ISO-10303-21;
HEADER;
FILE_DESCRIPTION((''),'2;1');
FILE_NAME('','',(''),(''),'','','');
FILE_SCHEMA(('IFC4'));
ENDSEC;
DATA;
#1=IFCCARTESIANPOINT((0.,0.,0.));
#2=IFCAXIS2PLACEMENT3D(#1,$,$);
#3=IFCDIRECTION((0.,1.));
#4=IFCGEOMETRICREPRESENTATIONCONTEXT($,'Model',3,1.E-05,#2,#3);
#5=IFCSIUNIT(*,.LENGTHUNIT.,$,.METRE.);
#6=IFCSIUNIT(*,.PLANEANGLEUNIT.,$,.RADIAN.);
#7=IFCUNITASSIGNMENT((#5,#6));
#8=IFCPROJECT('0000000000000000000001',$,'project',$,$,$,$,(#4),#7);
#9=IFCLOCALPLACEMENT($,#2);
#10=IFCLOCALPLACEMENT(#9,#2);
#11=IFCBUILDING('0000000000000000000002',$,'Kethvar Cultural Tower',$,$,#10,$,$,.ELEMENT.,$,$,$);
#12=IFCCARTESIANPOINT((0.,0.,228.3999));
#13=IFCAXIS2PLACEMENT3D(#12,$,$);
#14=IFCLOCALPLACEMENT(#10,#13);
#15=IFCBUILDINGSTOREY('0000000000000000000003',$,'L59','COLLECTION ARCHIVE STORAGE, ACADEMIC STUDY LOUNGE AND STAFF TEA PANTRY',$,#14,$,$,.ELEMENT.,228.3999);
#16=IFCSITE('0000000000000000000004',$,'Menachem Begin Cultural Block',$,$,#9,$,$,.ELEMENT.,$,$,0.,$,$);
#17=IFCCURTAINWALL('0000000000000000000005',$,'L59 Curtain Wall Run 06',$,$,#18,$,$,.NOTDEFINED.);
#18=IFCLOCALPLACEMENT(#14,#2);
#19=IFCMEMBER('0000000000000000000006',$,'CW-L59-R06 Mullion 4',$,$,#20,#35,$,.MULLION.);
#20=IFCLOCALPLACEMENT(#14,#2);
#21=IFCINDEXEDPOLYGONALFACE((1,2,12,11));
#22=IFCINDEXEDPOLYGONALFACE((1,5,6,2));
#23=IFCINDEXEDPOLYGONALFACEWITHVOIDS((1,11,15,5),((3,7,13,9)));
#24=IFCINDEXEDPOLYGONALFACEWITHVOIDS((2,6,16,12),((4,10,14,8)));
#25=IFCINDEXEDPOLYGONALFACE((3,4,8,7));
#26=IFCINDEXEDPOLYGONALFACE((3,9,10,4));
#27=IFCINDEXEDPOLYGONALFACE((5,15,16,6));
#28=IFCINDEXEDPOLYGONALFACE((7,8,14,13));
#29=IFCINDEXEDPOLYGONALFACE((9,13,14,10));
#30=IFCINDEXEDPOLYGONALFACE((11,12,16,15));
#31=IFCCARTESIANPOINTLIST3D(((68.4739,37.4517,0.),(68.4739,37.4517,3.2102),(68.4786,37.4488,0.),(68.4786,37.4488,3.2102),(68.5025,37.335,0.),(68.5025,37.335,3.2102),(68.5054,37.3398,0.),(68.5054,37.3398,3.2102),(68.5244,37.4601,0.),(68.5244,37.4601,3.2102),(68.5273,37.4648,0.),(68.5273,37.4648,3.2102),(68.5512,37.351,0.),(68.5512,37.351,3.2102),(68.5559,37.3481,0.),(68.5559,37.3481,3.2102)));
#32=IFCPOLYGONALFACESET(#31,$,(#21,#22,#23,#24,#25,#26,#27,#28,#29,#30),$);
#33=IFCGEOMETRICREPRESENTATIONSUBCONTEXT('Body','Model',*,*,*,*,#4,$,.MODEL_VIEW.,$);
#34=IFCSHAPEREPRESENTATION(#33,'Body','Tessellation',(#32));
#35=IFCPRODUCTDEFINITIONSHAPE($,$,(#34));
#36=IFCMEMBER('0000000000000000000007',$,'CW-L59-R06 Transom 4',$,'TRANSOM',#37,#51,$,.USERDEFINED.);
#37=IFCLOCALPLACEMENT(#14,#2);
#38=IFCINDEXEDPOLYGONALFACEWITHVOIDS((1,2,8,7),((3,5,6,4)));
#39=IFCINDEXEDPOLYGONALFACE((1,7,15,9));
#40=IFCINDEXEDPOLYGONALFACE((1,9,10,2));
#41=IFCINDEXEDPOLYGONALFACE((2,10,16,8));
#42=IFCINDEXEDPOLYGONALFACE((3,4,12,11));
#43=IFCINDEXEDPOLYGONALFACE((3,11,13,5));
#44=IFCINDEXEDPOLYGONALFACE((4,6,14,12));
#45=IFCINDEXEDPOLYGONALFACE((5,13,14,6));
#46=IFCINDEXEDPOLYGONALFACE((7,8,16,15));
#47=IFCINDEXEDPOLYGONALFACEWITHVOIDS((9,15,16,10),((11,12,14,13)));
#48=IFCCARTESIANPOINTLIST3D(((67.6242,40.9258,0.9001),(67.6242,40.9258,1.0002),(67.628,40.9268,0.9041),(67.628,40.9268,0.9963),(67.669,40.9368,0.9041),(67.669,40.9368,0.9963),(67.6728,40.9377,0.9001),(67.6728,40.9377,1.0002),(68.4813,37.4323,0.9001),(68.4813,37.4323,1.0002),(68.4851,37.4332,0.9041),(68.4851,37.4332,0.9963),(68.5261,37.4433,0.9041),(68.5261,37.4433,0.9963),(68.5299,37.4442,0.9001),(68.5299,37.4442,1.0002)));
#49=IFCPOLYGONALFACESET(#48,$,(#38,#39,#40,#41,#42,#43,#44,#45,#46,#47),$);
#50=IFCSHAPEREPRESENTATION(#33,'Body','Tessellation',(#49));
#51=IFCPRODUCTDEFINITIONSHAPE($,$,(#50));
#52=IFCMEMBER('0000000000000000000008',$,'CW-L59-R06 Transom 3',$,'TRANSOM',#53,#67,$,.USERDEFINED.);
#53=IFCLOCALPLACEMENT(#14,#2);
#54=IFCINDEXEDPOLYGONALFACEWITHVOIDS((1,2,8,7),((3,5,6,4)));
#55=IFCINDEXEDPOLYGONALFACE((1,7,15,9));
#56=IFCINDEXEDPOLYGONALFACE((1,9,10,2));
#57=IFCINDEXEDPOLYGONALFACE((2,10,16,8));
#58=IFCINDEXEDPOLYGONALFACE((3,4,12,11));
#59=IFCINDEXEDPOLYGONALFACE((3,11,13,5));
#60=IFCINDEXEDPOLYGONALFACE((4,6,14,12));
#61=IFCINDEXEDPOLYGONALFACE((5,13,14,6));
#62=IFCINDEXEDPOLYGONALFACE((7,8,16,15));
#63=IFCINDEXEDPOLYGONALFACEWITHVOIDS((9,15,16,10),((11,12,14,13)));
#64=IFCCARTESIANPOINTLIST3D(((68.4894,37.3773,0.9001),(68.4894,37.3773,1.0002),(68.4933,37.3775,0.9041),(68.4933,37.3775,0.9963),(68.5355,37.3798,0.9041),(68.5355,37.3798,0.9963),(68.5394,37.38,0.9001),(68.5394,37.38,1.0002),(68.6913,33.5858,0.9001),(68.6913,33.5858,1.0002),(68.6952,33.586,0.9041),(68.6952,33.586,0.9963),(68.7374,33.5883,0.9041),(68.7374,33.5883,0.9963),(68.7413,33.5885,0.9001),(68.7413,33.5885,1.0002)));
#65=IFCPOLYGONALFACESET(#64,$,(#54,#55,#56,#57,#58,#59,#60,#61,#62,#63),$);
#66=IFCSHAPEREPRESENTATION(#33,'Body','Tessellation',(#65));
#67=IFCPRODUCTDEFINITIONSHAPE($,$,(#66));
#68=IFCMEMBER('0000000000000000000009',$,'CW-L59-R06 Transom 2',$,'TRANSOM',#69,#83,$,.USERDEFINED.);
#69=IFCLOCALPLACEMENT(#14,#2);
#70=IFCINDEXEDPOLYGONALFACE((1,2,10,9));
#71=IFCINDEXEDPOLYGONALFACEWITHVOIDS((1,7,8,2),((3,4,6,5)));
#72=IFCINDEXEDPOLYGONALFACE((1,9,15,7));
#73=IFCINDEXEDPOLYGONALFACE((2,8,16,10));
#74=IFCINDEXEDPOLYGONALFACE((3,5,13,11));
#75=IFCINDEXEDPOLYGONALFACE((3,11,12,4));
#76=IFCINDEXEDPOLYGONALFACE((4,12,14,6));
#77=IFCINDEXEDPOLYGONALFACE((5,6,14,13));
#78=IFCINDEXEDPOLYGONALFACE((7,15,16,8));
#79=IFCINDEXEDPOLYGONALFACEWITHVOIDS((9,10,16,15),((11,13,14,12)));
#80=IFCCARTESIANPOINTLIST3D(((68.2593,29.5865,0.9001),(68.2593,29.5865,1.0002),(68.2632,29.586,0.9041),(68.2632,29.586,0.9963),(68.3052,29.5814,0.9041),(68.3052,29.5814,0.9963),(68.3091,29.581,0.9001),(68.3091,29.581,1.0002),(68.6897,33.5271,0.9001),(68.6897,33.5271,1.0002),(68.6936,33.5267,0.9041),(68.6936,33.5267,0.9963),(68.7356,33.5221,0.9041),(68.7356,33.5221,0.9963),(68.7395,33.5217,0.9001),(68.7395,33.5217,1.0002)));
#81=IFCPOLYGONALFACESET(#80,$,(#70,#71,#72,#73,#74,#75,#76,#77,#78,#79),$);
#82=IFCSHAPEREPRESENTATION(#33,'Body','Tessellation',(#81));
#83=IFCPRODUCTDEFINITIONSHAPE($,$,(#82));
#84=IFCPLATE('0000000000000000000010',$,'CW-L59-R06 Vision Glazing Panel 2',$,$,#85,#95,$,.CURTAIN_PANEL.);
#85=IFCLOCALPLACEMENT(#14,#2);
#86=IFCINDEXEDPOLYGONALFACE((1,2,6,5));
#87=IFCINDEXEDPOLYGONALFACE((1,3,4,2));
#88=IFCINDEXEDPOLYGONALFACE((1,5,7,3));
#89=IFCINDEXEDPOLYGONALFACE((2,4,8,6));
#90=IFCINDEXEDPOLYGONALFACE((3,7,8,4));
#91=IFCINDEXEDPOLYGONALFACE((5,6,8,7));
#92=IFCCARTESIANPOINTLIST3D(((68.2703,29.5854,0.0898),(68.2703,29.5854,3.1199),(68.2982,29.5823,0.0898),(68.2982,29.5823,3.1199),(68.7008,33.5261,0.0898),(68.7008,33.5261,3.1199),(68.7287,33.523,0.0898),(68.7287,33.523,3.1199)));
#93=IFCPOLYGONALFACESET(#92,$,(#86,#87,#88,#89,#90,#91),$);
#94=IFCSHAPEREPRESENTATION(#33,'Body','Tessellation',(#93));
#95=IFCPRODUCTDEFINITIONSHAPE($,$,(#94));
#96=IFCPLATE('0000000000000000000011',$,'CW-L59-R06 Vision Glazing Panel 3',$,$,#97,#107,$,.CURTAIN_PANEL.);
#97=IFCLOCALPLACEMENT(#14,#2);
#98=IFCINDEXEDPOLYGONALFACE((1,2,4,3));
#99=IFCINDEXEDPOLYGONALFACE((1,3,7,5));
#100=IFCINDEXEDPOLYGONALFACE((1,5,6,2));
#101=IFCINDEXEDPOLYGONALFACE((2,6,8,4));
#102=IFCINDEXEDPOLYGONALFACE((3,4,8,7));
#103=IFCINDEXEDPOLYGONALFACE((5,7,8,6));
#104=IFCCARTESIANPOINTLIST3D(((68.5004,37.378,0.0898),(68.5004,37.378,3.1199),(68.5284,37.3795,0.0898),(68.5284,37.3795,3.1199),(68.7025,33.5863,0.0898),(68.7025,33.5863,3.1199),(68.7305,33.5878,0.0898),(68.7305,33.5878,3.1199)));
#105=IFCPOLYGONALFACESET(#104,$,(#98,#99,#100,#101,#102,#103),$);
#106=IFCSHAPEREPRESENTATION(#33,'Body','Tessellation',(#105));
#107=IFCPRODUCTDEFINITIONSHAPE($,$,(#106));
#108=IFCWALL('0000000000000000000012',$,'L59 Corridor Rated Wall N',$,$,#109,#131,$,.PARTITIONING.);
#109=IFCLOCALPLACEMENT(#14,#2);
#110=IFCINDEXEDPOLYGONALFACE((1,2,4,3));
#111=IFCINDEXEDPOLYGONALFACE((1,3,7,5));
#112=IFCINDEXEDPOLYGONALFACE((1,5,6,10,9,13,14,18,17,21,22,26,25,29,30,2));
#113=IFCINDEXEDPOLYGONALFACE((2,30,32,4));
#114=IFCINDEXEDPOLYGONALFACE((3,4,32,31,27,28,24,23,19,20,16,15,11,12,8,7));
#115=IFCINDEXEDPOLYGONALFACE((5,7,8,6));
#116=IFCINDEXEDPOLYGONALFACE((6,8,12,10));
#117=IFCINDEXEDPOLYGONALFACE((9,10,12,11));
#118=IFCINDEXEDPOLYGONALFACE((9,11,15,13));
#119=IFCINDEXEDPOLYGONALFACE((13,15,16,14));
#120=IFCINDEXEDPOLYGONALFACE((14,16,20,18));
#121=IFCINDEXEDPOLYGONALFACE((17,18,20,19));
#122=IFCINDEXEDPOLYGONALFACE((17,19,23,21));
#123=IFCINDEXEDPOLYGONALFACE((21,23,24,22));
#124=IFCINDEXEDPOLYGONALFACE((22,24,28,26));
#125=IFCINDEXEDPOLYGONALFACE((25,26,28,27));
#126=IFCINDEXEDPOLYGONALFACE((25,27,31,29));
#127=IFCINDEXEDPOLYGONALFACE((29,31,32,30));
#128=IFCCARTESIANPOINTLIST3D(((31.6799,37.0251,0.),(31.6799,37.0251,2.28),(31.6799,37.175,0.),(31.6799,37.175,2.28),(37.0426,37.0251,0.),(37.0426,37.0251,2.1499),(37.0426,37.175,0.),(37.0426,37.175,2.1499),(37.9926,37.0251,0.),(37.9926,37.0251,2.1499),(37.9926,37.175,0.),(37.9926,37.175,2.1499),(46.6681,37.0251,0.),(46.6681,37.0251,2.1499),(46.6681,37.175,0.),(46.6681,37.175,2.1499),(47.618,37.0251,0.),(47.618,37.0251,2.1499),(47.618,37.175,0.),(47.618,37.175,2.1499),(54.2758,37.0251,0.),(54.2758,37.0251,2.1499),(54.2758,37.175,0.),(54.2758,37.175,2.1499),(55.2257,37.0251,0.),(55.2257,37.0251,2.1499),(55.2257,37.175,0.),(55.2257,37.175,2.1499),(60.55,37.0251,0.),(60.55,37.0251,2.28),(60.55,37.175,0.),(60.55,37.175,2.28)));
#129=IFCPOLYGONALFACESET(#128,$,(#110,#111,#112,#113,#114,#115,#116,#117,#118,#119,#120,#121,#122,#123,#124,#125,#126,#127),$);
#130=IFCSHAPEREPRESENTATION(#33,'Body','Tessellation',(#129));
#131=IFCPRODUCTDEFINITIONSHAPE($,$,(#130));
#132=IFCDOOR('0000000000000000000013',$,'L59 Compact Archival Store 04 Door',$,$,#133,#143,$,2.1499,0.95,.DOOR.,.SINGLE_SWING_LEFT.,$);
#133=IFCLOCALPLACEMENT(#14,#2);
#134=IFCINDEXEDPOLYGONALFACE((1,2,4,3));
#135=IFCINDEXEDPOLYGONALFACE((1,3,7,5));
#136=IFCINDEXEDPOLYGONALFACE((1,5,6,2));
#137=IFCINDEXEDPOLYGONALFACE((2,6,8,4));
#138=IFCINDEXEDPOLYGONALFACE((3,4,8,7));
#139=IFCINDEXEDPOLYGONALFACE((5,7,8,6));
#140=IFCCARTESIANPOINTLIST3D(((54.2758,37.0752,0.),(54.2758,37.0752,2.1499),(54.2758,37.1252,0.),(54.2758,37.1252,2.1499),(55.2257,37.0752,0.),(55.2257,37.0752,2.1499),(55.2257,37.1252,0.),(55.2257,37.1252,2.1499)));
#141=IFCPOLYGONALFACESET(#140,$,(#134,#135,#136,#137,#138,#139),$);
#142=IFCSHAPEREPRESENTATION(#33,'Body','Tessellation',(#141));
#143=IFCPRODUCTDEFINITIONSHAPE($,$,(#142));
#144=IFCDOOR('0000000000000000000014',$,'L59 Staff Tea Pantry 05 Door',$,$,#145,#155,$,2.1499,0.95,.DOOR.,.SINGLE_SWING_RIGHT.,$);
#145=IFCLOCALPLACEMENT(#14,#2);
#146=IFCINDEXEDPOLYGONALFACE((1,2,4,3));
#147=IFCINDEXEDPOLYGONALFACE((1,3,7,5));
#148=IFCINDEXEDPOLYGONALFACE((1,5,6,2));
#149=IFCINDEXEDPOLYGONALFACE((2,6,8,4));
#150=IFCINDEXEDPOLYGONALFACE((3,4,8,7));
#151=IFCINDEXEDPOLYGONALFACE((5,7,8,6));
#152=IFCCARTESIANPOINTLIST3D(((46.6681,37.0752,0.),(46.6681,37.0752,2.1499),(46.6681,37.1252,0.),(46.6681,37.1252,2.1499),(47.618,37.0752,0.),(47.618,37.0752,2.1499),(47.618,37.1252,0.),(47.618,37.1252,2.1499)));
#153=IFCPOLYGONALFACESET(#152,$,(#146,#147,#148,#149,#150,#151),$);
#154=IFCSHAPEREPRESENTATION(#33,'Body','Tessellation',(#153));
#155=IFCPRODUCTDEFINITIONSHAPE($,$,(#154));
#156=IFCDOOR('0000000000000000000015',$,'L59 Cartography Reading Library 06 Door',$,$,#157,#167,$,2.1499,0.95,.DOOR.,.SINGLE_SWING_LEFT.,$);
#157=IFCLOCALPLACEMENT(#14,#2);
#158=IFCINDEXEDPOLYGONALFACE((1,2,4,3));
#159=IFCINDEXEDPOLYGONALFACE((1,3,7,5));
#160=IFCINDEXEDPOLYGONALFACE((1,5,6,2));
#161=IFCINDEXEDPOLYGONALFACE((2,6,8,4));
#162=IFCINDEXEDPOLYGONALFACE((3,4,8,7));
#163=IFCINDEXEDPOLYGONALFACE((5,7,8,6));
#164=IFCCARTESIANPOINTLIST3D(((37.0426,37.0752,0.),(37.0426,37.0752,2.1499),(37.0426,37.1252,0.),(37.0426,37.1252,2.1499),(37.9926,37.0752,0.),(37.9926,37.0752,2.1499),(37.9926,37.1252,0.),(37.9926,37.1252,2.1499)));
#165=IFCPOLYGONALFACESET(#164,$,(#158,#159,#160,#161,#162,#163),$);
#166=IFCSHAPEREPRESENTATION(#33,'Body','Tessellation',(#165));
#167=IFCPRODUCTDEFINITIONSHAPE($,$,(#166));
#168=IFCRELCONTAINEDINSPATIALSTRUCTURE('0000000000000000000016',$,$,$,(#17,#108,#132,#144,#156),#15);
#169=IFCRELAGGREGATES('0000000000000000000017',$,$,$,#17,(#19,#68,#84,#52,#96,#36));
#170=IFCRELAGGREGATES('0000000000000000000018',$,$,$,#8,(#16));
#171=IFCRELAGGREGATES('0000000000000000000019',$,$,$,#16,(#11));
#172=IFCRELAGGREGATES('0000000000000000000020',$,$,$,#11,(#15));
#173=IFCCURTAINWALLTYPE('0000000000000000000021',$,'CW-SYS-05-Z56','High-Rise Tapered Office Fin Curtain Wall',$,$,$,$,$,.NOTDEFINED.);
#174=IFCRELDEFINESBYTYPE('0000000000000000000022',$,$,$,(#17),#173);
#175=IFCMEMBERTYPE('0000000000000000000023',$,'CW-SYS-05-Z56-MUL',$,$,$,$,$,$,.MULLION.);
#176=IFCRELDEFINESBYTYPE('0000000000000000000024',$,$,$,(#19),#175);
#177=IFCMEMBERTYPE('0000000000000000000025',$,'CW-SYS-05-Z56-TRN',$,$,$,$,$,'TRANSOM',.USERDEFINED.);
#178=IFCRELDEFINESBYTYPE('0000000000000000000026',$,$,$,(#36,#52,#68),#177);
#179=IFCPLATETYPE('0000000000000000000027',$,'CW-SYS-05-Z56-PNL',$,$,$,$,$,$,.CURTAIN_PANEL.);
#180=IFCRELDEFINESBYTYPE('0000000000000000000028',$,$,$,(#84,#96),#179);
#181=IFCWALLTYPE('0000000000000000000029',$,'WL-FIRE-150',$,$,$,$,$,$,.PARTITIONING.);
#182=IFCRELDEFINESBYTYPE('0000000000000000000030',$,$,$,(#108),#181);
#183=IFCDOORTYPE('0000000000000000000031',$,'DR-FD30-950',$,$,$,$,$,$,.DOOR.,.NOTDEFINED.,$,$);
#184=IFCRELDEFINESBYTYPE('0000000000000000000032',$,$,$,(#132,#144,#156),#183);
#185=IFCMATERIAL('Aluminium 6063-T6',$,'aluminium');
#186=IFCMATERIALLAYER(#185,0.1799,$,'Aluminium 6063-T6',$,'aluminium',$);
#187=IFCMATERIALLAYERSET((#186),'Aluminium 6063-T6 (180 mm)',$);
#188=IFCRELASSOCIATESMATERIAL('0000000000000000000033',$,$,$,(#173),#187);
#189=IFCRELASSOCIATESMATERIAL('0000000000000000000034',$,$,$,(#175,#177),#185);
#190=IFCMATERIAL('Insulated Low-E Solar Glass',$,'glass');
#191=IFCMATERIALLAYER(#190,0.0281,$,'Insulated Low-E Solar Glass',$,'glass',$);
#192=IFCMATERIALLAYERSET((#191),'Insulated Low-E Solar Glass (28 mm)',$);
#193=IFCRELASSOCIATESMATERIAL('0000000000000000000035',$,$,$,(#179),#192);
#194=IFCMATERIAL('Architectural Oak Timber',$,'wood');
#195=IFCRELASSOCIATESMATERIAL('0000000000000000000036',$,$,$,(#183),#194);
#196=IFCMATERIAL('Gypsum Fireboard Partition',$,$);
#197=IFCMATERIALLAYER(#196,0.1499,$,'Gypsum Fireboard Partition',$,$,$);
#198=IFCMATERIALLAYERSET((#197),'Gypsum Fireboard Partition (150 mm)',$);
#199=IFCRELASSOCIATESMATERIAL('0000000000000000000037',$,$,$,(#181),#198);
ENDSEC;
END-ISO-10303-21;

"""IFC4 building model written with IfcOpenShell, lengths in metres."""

from ifc_helpers import new_model, si_unit, direction, frame, frame_2d, origin, origin_2d, place, context, subcontext, project, spatial, rectangle, hollow_rectangle, extrude, source, transform, mapped, material, layer, layer_set, material_profile, profile_set, type_object, element, fill, aggregate, save


model = new_model("IFC4")

# Units and contexts
model_context = context("Model", 3, precision=1e-05, world=origin(), true_north=direction((0.0, 1.0)))
body_context = subcontext(model_context, "Body", "Model", "MODEL_VIEW")
ifc_project = project(units=[si_unit("LENGTHUNIT", "METRE"), si_unit("PLANEANGLEUNIT", "RADIAN")], contexts=[model_context])

# Site, building, storey
site_placement = place(None, origin())
site = spatial("IfcSite", under=ifc_project, at=site_placement, Name="Menachem Begin Cultural Block", CompositionType="ELEMENT", RefElevation=0.0)
building_placement = place(site_placement, origin())
building = spatial("IfcBuilding", under=site, at=building_placement, Name="Kethvar Cultural Tower", CompositionType="ELEMENT")
storey_placement = place(building_placement, frame((0.0, 0.0, 228.3999)))
storey = spatial("IfcBuildingStorey", under=building, at=storey_placement, Name="L59", Description="COLLECTION ARCHIVE STORAGE, ACADEMIC STUDY LOUNGE AND STAFF TEA PANTRY", CompositionType="ELEMENT", Elevation=228.3999)

# Curtain wall, members, plates
ifc_material_1 = material(Name="Aluminium 6063-T6", Category="aluminium")
ifc_layer_1 = layer(ifc_material_1, 0.1799, Name="Aluminium 6063-T6", Category="aluminium")
ifc_layer_set_1 = layer_set([ifc_layer_1], Name="Aluminium 6063-T6 (180 mm)")
curtain_wall_type = type_object("IfcCurtainWallType", Name="CW-SYS-05-Z56", Description="High-Rise Tapered Office Fin Curtain Wall", PredefinedType="NOTDEFINED", material=ifc_layer_set_1)
curtain_wall_placement = place(storey_placement, origin())
curtain_wall = element("IfcCurtainWall", 1, at=curtain_wall_placement, inside=storey, type_object=curtain_wall_type, Name="L59 Curtain Wall Run 06", PredefinedType="NOTDEFINED")
ifc_material_profile_1 = material_profile(ifc_material_1, hollow_rectangle(XDim=0.0549, YDim=0.1201, WallThickness=0.0039, at=origin_2d()), Name="Aluminium 6063-T6 — RHS120x55x4")
ifc_profile_set_1 = profile_set([ifc_material_profile_1], Name="Aluminium 6063-T6 — RHS120x55x4")
member_type_1 = type_object("IfcMemberType", Name="CW-SYS-05-Z56-MUL", PredefinedType="MULLION", material=ifc_profile_set_1)
shared_shape_1 = source(origin(), body_context, "Body", "SweptSolid", [
    extrude(hollow_rectangle(XDim=0.0549, YDim=0.1201, WallThickness=0.0039, at=origin_2d()), origin(), (0.0, 0.0, 1.0), 3.2102),
])
member_1_placement = place(storey_placement, frame((68.5149, 37.3999, 0.0), z_axis=(0.0, 0.0, 1.0), x_axis=(-0.971205, -0.238245, 0.0)))
member_1 = element("IfcMember", 2, at=member_1_placement, type_object=member_type_1, Name="CW-L59-R06 Mullion 4", PredefinedType="MULLION", context=body_context, shape_type="MappedRepresentation", body=[
    mapped(shared_shape_1, transform((0.0, 0.0, 0.0), scale=1.0)),
])
ifc_material_profile_2 = material_profile(ifc_material_1, hollow_rectangle(XDim=0.05, YDim=0.1001, WallThickness=0.0039, at=origin_2d()), Name="Aluminium 6063-T6 — RHS100x50x4")
ifc_profile_set_2 = profile_set([ifc_material_profile_2], Name="Aluminium 6063-T6 — RHS100x50x4")
member_type_2 = type_object("IfcMemberType", Name="CW-SYS-05-Z56-TRN", ElementType="TRANSOM", PredefinedType="USERDEFINED", material=ifc_profile_set_2)
shared_shape_2 = source(origin(), body_context, "Body", "SweptSolid", [
    extrude(hollow_rectangle(XDim=0.05, YDim=0.1001, WallThickness=0.0039, at=origin_2d()), origin(), (0.0, 0.0, 1.0), 3.5972),
])
member_2_placement = place(storey_placement, frame((68.5056, 37.4382, 0.9502), z_axis=(-0.238286, 0.971195, 0.0), x_axis=(-0.971195, -0.238286, 0.0)))
member_2 = element("IfcMember", 3, at=member_2_placement, type_object=member_type_2, Name="CW-L59-R06 Transom 4", ObjectType="TRANSOM", PredefinedType="USERDEFINED", context=body_context, shape_type="MappedRepresentation", body=[
    mapped(shared_shape_2, transform((0.0, 0.0, 0.0), scale=1.0)),
])
shared_shape_3 = source(origin(), body_context, "Body", "SweptSolid", [
    extrude(hollow_rectangle(XDim=0.05, YDim=0.1001, WallThickness=0.0039, at=origin_2d()), origin(), (0.0, 0.0, 1.0), 3.7969),
])
member_3_placement = place(storey_placement, frame((68.7163, 33.5872, 0.9502), z_axis=(-0.053176, 0.998585, 0.0), x_axis=(-0.998585, -0.053176, 0.0)))
member_3 = element("IfcMember", 4, at=member_3_placement, type_object=member_type_2, Name="CW-L59-R06 Transom 3", ObjectType="TRANSOM", PredefinedType="USERDEFINED", context=body_context, shape_type="MappedRepresentation", body=[
    mapped(shared_shape_3, transform((0.0, 0.0, 0.0), scale=1.0)),
])
shared_shape_4 = source(origin(), body_context, "Body", "SweptSolid", [
    extrude(hollow_rectangle(XDim=0.05, YDim=0.1001, WallThickness=0.0039, at=origin_2d()), origin(), (0.0, 0.0, 1.0), 3.9641),
])
member_4_placement = place(storey_placement, frame((68.2842, 29.5837, 0.9502), z_axis=(0.108579, 0.994088, 0.0), x_axis=(-0.994088, 0.108579, 0.0)))
member_4 = element("IfcMember", 5, at=member_4_placement, type_object=member_type_2, Name="CW-L59-R06 Transom 2", ObjectType="TRANSOM", PredefinedType="USERDEFINED", context=body_context, shape_type="MappedRepresentation", body=[
    mapped(shared_shape_4, transform((0.0, 0.0, 0.0), scale=1.0)),
])
ifc_material_2 = material(Name="Insulated Low-E Solar Glass", Category="glass")
ifc_layer_2 = layer(ifc_material_2, 0.0281, Name="Insulated Low-E Solar Glass", Category="glass")
ifc_layer_set_2 = layer_set([ifc_layer_2], Name="Insulated Low-E Solar Glass (28 mm)")
plate_type = type_object("IfcPlateType", Name="CW-SYS-05-Z56-PNL", PredefinedType="CURTAIN_PANEL", material=ifc_layer_set_2)
shared_shape_5 = source(origin(), body_context, "Body", "SweptSolid", [
    extrude(rectangle(XDim=3.9641, YDim=0.0281, at=origin_2d()), origin(), (0.0, 0.0, 1.0), 3.03),
])
plate_1_placement = place(storey_placement, frame((68.4995, 31.5542, 0.0898), z_axis=(0.0, 0.0, 1.0), x_axis=(0.108607, 0.994085, 0.0)))
plate_1 = element("IfcPlate", 6, at=plate_1_placement, type_object=plate_type, Name="CW-L59-R06 Vision Glazing Panel 2", PredefinedType="CURTAIN_PANEL", context=body_context, shape_type="MappedRepresentation", body=[
    mapped(shared_shape_5, transform((0.0, 0.0, 0.0), scale=1.0)),
])
shared_shape_6 = source(origin(), body_context, "Body", "SweptSolid", [
    extrude(rectangle(XDim=3.7971, YDim=0.0281, at=origin_2d()), origin(), (0.0, 0.0, 1.0), 3.03),
])
plate_2_placement = place(storey_placement, frame((68.6155, 35.4829, 0.0898), z_axis=(0.0, 0.0, 1.0), x_axis=(-0.053225, 0.998583, 0.0)))
plate_2 = element("IfcPlate", 7, at=plate_2_placement, type_object=plate_type, Name="CW-L59-R06 Vision Glazing Panel 3", PredefinedType="CURTAIN_PANEL", context=body_context, shape_type="MappedRepresentation", body=[
    mapped(shared_shape_6, transform((0.0, 0.0, 0.0), scale=1.0)),
])
aggregate(curtain_wall, [member_1, member_4, plate_1, member_3, plate_2, member_2])

# Wall, openings, doors
ifc_material_3 = material(Name="Architectural Oak Timber", Category="wood")
door_type_1 = type_object("IfcDoorType", Name="DR-FD30-950", OperationType="NOTDEFINED", PredefinedType="DOOR", material=ifc_material_3)
shared_shape_7 = source(origin(), body_context, "Body", "SweptSolid", [
    extrude(rectangle(XDim=0.95, YDim=2.1499, at=frame_2d((0.4751, 1.075))), frame((0.0, 0.0249, 0.0), z_axis=(0.0, -1.0, 0.0), x_axis=(1.0, 0.0, 0.0)), (0.0, 0.0, 1.0), 0.05),
])
ifc_material_4 = material(Name="Gypsum Fireboard Partition")
ifc_layer_3 = layer(ifc_material_4, 0.1499, Name="Gypsum Fireboard Partition")
ifc_layer_set_3 = layer_set([ifc_layer_3], Name="Gypsum Fireboard Partition (150 mm)")
wall_type_1 = type_object("IfcWallType", Name="WL-FIRE-150", PredefinedType="PARTITIONING", material=ifc_layer_set_3)
wall_1_placement = place(storey_placement, frame((60.55, 37.1001, 0.0), z_axis=(0.0, 0.0, 1.0), x_axis=(-1.0, 0.0, 0.0)))
wall_1 = element("IfcWall", 8, at=wall_1_placement, inside=storey, type_object=wall_type_1, Name="L59 Corridor Rated Wall N", PredefinedType="PARTITIONING", context=body_context, shape_type="SweptSolid", body=[
    extrude(rectangle(XDim=28.8701, YDim=0.1499, at=frame_2d((14.4351, 0.0))), origin(), (0.0, 0.0, 1.0), 2.28),
])
opening_1_placement = place(wall_1_placement, frame((5.3242, 0.0, 0.0)))
opening_1 = element("IfcOpeningElement", 9, at=opening_1_placement, cuts=wall_1, PredefinedType="OPENING", context=body_context, shape_type="SweptSolid", body=[
    extrude(rectangle(XDim=0.95, YDim=2.1499, at=frame_2d((0.4751, 1.075))), frame((0.0, 0.085, 0.0), z_axis=(0.0, -1.0, 0.0), x_axis=(1.0, 0.0, 0.0)), (0.0, 0.0, 1.0), 0.1699),
])
opening_2_placement = place(wall_1_placement, frame((12.9319, 0.0, 0.0)))
opening_2 = element("IfcOpeningElement", 10, at=opening_2_placement, cuts=wall_1, PredefinedType="OPENING", context=body_context, shape_type="SweptSolid", body=[
    extrude(rectangle(XDim=0.95, YDim=2.1499, at=frame_2d((0.4751, 1.075))), frame((0.0, 0.085, 0.0), z_axis=(0.0, -1.0, 0.0), x_axis=(1.0, 0.0, 0.0)), (0.0, 0.0, 1.0), 0.1699),
])
opening_3_placement = place(wall_1_placement, frame((22.5574, 0.0, 0.0)))
opening_3 = element("IfcOpeningElement", 11, at=opening_3_placement, cuts=wall_1, PredefinedType="OPENING", context=body_context, shape_type="SweptSolid", body=[
    extrude(rectangle(XDim=0.95, YDim=2.1499, at=frame_2d((0.4751, 1.075))), frame((0.0, 0.085, 0.0), z_axis=(0.0, -1.0, 0.0), x_axis=(1.0, 0.0, 0.0)), (0.0, 0.0, 1.0), 0.1699),
])
door_1_placement = place(opening_1_placement, origin())
door_1 = element("IfcDoor", 12, at=door_1_placement, inside=storey, type_object=door_type_1, Name="L59 Compact Archival Store 04 Door", OperationType="SINGLE_SWING_LEFT", OverallHeight=2.1499, OverallWidth=0.95, PredefinedType="DOOR", context=body_context, shape_type="MappedRepresentation", body=[
    mapped(shared_shape_7, transform((0.0, 0.0, 0.0), scale=1.0)),
])
fill(opening_1, door_1)
door_2_placement = place(opening_2_placement, origin())
door_2 = element("IfcDoor", 13, at=door_2_placement, inside=storey, type_object=door_type_1, Name="L59 Staff Tea Pantry 05 Door", OperationType="SINGLE_SWING_RIGHT", OverallHeight=2.1499, OverallWidth=0.95, PredefinedType="DOOR", context=body_context, shape_type="MappedRepresentation", body=[
    mapped(shared_shape_7, transform((0.0, 0.0, 0.0), scale=1.0)),
])
fill(opening_2, door_2)
door_3_placement = place(opening_3_placement, origin())
door_3 = element("IfcDoor", 14, at=door_3_placement, inside=storey, type_object=door_type_1, Name="L59 Cartography Reading Library 06 Door", OperationType="SINGLE_SWING_LEFT", OverallHeight=2.1499, OverallWidth=0.95, PredefinedType="DOOR", context=body_context, shape_type="MappedRepresentation", body=[
    mapped(shared_shape_7, transform((0.0, 0.0, 0.0), scale=1.0)),
])
fill(opening_3, door_3)

save(model, "model.ifc")
